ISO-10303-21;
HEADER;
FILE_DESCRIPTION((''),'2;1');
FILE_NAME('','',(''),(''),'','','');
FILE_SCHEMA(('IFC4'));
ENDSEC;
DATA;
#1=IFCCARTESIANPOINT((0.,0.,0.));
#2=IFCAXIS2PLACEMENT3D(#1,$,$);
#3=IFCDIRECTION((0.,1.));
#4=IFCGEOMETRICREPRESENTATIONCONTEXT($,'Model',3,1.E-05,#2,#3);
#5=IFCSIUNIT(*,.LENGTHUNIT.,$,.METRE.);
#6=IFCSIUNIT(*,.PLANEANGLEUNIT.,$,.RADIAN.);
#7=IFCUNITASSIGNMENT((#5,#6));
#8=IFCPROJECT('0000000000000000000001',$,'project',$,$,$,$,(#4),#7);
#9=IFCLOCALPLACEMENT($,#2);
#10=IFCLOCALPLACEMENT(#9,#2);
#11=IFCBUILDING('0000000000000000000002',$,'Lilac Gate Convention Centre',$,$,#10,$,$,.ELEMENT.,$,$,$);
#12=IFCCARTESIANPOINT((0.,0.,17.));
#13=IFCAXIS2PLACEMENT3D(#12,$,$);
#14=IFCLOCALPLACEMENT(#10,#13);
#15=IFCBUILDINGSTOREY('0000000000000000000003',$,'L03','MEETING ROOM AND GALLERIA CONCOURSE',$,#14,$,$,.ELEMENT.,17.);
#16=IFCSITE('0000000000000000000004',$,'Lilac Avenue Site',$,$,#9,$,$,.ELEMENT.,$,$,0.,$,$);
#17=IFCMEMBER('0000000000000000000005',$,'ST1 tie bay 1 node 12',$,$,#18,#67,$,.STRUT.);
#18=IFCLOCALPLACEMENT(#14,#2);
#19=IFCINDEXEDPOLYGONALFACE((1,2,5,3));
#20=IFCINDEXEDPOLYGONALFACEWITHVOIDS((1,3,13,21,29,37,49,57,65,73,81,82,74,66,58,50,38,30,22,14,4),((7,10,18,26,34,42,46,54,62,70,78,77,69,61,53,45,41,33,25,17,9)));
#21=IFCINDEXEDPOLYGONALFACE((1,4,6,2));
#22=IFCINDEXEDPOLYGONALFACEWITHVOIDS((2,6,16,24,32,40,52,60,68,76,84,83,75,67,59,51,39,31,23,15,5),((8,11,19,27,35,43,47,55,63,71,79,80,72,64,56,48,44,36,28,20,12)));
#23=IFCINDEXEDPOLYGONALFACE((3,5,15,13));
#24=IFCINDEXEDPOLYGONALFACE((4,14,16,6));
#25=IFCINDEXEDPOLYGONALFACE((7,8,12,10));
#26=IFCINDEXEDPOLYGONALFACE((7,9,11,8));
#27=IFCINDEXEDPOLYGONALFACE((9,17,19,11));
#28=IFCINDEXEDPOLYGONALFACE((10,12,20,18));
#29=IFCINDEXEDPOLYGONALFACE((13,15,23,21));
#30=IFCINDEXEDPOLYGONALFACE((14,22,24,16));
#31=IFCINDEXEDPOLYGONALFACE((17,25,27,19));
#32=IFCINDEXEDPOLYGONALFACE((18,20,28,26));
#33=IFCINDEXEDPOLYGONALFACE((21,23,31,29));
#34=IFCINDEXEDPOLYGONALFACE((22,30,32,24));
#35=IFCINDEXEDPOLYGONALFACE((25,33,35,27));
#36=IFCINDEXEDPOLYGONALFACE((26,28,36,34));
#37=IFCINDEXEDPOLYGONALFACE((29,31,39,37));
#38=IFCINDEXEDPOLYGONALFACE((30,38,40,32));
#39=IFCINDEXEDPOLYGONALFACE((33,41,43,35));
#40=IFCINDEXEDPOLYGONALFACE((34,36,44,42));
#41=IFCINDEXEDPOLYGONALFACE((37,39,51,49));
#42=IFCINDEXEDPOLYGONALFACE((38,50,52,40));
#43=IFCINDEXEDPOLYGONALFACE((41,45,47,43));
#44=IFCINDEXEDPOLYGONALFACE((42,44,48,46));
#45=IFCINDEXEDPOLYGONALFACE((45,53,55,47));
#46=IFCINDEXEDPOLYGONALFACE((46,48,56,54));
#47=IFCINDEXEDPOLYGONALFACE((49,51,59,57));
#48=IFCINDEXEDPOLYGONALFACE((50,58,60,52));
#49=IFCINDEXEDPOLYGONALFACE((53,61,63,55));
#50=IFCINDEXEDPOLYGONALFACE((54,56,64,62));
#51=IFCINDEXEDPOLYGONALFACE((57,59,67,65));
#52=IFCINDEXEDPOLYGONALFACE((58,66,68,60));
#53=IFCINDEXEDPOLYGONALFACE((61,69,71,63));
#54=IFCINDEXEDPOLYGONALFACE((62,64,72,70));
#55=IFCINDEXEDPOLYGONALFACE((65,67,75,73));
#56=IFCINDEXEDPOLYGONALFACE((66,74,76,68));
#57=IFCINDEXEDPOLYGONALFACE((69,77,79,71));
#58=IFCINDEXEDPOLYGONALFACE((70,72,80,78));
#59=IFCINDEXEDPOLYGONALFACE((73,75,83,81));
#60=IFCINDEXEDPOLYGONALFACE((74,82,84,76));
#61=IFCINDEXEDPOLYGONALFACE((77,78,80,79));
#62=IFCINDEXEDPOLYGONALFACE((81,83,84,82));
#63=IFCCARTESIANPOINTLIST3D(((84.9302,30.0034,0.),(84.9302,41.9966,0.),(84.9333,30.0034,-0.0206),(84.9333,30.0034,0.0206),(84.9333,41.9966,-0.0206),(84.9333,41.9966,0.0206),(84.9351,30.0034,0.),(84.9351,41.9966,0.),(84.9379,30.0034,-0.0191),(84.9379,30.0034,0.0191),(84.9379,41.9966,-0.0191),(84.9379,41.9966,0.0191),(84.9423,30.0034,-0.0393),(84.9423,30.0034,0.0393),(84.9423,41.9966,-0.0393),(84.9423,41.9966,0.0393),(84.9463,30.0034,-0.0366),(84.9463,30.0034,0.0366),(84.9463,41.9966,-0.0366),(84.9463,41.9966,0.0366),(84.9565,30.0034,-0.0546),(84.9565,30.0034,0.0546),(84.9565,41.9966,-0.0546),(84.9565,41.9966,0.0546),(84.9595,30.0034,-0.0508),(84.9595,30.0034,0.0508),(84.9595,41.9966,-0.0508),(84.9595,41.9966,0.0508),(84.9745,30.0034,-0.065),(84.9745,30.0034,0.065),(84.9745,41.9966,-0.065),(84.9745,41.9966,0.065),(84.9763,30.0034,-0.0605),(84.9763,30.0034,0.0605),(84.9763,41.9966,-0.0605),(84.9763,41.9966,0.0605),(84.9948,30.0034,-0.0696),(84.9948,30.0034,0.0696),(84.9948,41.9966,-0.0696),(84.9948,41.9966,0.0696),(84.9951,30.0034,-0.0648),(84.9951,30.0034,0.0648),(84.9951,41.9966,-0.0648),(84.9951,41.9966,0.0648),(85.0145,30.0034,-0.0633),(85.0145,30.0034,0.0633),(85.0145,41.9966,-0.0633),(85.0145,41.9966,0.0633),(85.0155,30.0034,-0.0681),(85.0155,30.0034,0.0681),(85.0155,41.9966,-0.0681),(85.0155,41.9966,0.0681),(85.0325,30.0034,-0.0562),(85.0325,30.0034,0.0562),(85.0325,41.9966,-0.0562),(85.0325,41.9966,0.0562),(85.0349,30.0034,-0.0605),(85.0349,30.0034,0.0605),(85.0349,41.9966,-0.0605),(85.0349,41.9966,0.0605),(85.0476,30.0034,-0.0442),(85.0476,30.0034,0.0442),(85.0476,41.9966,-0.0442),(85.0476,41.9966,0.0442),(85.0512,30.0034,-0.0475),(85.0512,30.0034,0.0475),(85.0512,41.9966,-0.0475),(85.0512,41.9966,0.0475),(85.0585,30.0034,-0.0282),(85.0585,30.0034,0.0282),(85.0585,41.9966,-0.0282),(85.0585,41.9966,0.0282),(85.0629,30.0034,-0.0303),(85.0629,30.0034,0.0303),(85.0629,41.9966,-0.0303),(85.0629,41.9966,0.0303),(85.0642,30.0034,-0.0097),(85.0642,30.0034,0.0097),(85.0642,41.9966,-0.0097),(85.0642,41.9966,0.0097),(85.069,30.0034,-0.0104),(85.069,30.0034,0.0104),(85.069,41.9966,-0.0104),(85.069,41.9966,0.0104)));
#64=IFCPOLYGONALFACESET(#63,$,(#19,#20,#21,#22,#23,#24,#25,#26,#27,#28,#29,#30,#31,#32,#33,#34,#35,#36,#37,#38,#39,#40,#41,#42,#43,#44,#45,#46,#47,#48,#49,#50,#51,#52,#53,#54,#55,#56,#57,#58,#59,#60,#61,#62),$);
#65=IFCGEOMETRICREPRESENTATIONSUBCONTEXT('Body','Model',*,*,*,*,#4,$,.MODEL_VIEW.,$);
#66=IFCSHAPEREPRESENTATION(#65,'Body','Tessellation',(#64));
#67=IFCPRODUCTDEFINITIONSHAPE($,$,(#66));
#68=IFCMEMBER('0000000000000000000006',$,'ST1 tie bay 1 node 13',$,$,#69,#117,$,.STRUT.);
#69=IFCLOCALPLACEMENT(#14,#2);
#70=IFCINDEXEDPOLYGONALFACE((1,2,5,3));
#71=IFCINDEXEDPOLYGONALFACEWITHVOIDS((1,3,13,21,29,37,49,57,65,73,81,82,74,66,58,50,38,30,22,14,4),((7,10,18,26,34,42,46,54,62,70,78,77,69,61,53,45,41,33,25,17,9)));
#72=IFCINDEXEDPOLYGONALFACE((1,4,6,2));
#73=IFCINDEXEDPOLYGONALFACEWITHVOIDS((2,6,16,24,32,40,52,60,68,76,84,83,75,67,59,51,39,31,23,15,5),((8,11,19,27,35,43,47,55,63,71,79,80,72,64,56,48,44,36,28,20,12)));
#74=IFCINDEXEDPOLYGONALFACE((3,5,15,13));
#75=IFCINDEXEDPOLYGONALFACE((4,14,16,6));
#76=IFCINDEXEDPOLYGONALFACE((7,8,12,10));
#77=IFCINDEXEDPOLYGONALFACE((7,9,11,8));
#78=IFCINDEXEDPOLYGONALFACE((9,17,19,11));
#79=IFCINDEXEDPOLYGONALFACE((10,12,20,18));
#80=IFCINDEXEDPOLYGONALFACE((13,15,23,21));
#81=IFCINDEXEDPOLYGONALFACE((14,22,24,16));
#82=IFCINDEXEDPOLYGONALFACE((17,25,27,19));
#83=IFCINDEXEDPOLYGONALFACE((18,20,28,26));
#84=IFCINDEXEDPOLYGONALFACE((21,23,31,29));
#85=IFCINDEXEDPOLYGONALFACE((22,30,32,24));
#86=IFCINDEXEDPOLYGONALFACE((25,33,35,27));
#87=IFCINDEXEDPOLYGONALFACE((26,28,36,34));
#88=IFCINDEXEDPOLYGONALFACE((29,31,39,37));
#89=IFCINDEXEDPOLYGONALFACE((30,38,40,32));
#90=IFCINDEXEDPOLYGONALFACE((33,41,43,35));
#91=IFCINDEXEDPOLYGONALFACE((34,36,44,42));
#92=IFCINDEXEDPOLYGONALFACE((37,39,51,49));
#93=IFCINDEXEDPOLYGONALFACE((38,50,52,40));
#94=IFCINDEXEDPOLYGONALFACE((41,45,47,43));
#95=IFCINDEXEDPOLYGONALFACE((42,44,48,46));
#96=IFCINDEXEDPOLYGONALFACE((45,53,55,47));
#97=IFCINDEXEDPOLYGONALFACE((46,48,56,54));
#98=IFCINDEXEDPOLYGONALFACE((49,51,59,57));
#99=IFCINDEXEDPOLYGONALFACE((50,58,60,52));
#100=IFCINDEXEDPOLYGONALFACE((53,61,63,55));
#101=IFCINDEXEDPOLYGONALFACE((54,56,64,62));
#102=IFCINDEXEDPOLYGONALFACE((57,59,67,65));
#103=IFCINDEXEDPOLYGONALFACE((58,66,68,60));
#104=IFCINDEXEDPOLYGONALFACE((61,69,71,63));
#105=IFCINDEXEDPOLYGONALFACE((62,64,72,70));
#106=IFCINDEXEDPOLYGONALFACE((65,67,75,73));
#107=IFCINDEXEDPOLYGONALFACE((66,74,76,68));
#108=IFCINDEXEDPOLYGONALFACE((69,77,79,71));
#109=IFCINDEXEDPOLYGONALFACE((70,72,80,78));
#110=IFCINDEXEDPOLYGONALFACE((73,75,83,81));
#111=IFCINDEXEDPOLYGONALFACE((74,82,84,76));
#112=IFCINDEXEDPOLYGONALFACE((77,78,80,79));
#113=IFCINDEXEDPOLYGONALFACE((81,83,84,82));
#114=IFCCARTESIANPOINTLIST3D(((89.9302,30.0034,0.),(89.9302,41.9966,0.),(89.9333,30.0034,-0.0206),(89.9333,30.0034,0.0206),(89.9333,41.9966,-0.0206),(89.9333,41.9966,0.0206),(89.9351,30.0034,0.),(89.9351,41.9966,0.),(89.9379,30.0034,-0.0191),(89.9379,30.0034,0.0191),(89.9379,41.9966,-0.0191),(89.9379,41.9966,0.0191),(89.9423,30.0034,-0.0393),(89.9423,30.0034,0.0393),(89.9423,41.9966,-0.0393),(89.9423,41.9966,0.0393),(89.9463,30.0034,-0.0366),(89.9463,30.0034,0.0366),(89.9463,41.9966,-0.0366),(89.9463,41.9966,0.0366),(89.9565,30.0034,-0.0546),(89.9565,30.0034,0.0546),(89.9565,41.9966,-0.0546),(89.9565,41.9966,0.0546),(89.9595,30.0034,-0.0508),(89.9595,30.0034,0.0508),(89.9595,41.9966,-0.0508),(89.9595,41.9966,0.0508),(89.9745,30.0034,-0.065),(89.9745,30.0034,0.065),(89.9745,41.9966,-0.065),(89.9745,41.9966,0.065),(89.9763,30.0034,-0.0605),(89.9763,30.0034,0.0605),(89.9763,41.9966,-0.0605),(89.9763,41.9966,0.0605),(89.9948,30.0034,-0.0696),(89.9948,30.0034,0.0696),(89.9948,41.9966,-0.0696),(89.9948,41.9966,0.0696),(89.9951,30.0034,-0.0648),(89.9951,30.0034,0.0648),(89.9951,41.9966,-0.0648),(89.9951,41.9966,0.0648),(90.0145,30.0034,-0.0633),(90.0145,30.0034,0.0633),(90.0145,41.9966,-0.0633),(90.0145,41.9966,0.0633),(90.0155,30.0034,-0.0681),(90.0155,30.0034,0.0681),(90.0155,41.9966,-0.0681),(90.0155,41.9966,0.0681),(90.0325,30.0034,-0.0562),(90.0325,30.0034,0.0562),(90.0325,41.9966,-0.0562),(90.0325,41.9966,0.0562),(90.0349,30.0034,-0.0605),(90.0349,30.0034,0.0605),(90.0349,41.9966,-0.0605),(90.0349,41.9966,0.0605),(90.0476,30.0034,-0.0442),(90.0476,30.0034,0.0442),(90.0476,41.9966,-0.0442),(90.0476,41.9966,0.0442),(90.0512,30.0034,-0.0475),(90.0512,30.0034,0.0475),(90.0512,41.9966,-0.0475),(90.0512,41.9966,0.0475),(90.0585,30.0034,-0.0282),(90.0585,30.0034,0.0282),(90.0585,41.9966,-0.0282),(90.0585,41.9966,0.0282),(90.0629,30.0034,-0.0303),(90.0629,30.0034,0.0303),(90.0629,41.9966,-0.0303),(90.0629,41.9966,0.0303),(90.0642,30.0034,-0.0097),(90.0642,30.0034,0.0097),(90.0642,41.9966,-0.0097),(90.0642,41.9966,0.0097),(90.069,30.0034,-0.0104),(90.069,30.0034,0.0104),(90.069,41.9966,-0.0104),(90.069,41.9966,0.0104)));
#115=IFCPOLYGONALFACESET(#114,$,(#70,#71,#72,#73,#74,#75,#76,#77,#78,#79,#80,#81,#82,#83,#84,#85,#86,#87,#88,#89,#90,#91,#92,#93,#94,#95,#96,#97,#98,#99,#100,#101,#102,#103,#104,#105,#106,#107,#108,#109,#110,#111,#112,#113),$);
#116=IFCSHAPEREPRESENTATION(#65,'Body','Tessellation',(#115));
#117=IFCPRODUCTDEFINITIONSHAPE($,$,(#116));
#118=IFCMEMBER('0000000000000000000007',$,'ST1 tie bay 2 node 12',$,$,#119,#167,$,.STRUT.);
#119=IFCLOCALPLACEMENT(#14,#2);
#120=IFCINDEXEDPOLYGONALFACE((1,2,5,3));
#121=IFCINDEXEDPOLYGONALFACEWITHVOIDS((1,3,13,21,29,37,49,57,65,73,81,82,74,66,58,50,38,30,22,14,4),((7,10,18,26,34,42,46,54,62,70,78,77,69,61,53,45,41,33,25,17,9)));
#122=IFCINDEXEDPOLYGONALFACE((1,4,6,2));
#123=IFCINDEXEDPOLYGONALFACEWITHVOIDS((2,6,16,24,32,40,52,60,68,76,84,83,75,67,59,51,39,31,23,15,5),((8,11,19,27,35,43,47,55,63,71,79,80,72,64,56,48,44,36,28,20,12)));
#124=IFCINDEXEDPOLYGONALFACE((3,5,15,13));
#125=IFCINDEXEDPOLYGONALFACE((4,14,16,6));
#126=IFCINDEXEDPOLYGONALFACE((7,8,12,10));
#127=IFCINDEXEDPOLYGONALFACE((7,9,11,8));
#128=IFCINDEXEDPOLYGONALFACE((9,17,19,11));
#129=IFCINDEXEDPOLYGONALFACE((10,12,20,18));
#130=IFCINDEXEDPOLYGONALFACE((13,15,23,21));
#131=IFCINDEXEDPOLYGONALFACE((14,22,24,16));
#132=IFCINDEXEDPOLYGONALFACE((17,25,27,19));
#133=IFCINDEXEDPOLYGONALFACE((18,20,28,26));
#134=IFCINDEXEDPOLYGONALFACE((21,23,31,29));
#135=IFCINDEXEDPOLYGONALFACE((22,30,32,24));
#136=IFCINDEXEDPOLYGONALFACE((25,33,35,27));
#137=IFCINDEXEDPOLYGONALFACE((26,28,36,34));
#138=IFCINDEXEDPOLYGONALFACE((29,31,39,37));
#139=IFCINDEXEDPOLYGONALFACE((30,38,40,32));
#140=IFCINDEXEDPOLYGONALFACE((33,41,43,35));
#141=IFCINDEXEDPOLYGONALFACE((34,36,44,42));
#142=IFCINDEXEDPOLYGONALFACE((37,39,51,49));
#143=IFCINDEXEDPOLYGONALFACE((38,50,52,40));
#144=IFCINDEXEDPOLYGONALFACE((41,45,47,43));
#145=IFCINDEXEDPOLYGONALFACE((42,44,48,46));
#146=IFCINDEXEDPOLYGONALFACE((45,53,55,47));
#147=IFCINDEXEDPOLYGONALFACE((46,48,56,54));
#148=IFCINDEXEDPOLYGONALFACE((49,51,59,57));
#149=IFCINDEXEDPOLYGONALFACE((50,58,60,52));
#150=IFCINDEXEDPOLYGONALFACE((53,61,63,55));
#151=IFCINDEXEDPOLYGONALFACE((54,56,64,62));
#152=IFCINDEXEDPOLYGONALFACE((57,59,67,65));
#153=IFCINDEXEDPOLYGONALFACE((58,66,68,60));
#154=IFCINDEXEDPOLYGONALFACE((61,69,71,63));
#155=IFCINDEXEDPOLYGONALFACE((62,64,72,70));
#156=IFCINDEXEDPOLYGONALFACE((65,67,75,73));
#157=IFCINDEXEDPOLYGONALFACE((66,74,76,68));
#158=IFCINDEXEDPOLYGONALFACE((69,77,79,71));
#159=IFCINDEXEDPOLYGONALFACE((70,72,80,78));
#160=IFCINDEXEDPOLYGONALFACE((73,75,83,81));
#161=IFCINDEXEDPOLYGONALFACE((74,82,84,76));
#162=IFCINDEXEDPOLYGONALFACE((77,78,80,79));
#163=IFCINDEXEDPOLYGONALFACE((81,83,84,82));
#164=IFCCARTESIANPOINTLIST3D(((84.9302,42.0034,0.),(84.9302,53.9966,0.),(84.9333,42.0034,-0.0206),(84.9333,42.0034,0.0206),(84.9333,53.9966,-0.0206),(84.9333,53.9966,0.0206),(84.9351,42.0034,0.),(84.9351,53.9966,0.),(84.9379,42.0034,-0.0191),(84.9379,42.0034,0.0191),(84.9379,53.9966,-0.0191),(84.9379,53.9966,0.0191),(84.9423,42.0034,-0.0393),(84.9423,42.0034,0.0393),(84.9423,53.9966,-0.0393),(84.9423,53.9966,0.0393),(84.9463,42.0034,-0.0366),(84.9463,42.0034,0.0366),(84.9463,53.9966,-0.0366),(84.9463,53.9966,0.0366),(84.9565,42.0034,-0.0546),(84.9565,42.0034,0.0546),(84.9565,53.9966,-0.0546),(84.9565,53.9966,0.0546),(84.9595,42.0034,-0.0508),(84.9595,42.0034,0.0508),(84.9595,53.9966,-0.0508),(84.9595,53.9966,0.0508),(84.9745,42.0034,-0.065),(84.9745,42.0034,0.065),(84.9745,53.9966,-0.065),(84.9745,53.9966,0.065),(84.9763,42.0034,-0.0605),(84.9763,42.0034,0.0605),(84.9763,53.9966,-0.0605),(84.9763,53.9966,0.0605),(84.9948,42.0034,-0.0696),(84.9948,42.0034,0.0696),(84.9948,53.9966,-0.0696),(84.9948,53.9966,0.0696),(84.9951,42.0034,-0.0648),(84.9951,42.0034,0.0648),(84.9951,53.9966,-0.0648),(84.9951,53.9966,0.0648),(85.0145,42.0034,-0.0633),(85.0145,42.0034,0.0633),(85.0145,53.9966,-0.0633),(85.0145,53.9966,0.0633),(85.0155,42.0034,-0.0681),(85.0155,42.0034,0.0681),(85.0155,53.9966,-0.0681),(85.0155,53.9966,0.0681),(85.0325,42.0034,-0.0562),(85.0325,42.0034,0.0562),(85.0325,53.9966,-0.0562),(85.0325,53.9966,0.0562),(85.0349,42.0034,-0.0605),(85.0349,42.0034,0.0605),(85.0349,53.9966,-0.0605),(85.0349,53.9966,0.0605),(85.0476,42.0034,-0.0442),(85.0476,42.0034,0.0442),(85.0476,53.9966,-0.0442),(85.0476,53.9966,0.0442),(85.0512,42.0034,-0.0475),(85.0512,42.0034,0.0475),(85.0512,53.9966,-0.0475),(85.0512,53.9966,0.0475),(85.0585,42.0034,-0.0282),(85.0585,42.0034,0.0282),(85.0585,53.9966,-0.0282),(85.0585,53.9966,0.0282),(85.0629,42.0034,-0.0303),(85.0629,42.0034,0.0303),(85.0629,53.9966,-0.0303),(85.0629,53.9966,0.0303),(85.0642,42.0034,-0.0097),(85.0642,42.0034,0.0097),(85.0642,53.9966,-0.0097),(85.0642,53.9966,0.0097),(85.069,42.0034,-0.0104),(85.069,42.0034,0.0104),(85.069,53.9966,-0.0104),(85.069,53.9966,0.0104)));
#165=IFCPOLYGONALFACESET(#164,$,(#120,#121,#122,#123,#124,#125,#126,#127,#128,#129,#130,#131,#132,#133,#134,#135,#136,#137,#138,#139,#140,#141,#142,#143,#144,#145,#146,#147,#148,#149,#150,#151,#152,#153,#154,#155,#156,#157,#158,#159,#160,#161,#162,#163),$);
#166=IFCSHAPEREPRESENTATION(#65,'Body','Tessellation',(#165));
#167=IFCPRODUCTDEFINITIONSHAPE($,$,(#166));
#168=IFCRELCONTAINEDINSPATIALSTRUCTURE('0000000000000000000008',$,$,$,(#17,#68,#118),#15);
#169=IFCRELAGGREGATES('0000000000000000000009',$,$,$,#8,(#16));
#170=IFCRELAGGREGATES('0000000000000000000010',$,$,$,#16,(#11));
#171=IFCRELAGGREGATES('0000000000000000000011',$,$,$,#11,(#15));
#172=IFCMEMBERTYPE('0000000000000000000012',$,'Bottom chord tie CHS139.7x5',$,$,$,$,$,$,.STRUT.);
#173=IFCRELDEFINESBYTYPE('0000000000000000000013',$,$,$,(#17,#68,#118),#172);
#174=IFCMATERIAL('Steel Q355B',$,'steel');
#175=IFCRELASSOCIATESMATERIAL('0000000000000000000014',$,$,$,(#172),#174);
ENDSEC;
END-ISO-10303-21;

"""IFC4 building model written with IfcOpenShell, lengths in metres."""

from ifc_helpers import new_model, si_unit, direction, frame, origin, origin_2d, place, context, subcontext, project, spatial, hollow_circle, extrude, material, material_profile, profile_set, type_object, element, save


model = new_model("IFC4")

# Units and contexts
model_context = context("Model", 3, precision=1e-05, world=origin(), true_north=direction((0.0, 1.0)))
body_context = subcontext(model_context, "Body", "Model", "MODEL_VIEW")
ifc_project = project(units=[si_unit("LENGTHUNIT", "METRE"), si_unit("PLANEANGLEUNIT", "RADIAN")], contexts=[model_context])

# Site, building, storey
site_placement = place(None, origin())
site = spatial("IfcSite", under=ifc_project, at=site_placement, Name="Lilac Avenue Site", CompositionType="ELEMENT", RefElevation=0.0)
building_placement = place(site_placement, origin())
building = spatial("IfcBuilding", under=site, at=building_placement, Name="Lilac Gate Convention Centre", CompositionType="ELEMENT")
storey_placement = place(building_placement, frame((0.0, 0.0, 17.0)))
storey = spatial("IfcBuildingStorey", under=building, at=storey_placement, Name="L03", Description="MEETING ROOM AND GALLERIA CONCOURSE", CompositionType="ELEMENT", Elevation=17.0)

# Members
ifc_material_1 = material(Name="Steel Q355B", Category="steel")
ifc_material_profile_1 = material_profile(ifc_material_1, hollow_circle(Radius=0.0698, WallThickness=0.0049, at=origin_2d()), Name="CHS139.7x5")
ifc_profile_set_1 = profile_set([ifc_material_profile_1], Name="Steel Q355B")
member_type_1 = type_object("IfcMemberType", Name="Bottom chord tie CHS139.7x5", PredefinedType="STRUT", material=ifc_profile_set_1)
for number, where, z_axis, x_axis, name in (
    (1, (85.0, 30.0034, 0.0), (0.0, 1.0, 0.0), (-1.0, 0.0, 0.0), "ST1 tie bay 1 node 12"),
    (2, (90.0, 30.0034, 0.0), (0.0, 1.0, 0.0), (-1.0, 0.0, 0.0), "ST1 tie bay 1 node 13"),
    (3, (85.0, 42.0034, 0.0), (0.0, 1.0, 0.0), (-1.0, 0.0, 0.0), "ST1 tie bay 2 node 12"),
):
    element("IfcMember", number, at=place(storey_placement, frame(where, z_axis=z_axis, x_axis=x_axis)), inside=storey, type_object=member_type_1, Name=name, PredefinedType="STRUT", context=body_context, shape_type="SweptSolid", body=[
        extrude(hollow_circle(Radius=0.0698, WallThickness=0.0049, at=origin_2d()), origin(), (0.0, 0.0, 1.0), 11.9932),
    ])

save(model, "model.ifc")
